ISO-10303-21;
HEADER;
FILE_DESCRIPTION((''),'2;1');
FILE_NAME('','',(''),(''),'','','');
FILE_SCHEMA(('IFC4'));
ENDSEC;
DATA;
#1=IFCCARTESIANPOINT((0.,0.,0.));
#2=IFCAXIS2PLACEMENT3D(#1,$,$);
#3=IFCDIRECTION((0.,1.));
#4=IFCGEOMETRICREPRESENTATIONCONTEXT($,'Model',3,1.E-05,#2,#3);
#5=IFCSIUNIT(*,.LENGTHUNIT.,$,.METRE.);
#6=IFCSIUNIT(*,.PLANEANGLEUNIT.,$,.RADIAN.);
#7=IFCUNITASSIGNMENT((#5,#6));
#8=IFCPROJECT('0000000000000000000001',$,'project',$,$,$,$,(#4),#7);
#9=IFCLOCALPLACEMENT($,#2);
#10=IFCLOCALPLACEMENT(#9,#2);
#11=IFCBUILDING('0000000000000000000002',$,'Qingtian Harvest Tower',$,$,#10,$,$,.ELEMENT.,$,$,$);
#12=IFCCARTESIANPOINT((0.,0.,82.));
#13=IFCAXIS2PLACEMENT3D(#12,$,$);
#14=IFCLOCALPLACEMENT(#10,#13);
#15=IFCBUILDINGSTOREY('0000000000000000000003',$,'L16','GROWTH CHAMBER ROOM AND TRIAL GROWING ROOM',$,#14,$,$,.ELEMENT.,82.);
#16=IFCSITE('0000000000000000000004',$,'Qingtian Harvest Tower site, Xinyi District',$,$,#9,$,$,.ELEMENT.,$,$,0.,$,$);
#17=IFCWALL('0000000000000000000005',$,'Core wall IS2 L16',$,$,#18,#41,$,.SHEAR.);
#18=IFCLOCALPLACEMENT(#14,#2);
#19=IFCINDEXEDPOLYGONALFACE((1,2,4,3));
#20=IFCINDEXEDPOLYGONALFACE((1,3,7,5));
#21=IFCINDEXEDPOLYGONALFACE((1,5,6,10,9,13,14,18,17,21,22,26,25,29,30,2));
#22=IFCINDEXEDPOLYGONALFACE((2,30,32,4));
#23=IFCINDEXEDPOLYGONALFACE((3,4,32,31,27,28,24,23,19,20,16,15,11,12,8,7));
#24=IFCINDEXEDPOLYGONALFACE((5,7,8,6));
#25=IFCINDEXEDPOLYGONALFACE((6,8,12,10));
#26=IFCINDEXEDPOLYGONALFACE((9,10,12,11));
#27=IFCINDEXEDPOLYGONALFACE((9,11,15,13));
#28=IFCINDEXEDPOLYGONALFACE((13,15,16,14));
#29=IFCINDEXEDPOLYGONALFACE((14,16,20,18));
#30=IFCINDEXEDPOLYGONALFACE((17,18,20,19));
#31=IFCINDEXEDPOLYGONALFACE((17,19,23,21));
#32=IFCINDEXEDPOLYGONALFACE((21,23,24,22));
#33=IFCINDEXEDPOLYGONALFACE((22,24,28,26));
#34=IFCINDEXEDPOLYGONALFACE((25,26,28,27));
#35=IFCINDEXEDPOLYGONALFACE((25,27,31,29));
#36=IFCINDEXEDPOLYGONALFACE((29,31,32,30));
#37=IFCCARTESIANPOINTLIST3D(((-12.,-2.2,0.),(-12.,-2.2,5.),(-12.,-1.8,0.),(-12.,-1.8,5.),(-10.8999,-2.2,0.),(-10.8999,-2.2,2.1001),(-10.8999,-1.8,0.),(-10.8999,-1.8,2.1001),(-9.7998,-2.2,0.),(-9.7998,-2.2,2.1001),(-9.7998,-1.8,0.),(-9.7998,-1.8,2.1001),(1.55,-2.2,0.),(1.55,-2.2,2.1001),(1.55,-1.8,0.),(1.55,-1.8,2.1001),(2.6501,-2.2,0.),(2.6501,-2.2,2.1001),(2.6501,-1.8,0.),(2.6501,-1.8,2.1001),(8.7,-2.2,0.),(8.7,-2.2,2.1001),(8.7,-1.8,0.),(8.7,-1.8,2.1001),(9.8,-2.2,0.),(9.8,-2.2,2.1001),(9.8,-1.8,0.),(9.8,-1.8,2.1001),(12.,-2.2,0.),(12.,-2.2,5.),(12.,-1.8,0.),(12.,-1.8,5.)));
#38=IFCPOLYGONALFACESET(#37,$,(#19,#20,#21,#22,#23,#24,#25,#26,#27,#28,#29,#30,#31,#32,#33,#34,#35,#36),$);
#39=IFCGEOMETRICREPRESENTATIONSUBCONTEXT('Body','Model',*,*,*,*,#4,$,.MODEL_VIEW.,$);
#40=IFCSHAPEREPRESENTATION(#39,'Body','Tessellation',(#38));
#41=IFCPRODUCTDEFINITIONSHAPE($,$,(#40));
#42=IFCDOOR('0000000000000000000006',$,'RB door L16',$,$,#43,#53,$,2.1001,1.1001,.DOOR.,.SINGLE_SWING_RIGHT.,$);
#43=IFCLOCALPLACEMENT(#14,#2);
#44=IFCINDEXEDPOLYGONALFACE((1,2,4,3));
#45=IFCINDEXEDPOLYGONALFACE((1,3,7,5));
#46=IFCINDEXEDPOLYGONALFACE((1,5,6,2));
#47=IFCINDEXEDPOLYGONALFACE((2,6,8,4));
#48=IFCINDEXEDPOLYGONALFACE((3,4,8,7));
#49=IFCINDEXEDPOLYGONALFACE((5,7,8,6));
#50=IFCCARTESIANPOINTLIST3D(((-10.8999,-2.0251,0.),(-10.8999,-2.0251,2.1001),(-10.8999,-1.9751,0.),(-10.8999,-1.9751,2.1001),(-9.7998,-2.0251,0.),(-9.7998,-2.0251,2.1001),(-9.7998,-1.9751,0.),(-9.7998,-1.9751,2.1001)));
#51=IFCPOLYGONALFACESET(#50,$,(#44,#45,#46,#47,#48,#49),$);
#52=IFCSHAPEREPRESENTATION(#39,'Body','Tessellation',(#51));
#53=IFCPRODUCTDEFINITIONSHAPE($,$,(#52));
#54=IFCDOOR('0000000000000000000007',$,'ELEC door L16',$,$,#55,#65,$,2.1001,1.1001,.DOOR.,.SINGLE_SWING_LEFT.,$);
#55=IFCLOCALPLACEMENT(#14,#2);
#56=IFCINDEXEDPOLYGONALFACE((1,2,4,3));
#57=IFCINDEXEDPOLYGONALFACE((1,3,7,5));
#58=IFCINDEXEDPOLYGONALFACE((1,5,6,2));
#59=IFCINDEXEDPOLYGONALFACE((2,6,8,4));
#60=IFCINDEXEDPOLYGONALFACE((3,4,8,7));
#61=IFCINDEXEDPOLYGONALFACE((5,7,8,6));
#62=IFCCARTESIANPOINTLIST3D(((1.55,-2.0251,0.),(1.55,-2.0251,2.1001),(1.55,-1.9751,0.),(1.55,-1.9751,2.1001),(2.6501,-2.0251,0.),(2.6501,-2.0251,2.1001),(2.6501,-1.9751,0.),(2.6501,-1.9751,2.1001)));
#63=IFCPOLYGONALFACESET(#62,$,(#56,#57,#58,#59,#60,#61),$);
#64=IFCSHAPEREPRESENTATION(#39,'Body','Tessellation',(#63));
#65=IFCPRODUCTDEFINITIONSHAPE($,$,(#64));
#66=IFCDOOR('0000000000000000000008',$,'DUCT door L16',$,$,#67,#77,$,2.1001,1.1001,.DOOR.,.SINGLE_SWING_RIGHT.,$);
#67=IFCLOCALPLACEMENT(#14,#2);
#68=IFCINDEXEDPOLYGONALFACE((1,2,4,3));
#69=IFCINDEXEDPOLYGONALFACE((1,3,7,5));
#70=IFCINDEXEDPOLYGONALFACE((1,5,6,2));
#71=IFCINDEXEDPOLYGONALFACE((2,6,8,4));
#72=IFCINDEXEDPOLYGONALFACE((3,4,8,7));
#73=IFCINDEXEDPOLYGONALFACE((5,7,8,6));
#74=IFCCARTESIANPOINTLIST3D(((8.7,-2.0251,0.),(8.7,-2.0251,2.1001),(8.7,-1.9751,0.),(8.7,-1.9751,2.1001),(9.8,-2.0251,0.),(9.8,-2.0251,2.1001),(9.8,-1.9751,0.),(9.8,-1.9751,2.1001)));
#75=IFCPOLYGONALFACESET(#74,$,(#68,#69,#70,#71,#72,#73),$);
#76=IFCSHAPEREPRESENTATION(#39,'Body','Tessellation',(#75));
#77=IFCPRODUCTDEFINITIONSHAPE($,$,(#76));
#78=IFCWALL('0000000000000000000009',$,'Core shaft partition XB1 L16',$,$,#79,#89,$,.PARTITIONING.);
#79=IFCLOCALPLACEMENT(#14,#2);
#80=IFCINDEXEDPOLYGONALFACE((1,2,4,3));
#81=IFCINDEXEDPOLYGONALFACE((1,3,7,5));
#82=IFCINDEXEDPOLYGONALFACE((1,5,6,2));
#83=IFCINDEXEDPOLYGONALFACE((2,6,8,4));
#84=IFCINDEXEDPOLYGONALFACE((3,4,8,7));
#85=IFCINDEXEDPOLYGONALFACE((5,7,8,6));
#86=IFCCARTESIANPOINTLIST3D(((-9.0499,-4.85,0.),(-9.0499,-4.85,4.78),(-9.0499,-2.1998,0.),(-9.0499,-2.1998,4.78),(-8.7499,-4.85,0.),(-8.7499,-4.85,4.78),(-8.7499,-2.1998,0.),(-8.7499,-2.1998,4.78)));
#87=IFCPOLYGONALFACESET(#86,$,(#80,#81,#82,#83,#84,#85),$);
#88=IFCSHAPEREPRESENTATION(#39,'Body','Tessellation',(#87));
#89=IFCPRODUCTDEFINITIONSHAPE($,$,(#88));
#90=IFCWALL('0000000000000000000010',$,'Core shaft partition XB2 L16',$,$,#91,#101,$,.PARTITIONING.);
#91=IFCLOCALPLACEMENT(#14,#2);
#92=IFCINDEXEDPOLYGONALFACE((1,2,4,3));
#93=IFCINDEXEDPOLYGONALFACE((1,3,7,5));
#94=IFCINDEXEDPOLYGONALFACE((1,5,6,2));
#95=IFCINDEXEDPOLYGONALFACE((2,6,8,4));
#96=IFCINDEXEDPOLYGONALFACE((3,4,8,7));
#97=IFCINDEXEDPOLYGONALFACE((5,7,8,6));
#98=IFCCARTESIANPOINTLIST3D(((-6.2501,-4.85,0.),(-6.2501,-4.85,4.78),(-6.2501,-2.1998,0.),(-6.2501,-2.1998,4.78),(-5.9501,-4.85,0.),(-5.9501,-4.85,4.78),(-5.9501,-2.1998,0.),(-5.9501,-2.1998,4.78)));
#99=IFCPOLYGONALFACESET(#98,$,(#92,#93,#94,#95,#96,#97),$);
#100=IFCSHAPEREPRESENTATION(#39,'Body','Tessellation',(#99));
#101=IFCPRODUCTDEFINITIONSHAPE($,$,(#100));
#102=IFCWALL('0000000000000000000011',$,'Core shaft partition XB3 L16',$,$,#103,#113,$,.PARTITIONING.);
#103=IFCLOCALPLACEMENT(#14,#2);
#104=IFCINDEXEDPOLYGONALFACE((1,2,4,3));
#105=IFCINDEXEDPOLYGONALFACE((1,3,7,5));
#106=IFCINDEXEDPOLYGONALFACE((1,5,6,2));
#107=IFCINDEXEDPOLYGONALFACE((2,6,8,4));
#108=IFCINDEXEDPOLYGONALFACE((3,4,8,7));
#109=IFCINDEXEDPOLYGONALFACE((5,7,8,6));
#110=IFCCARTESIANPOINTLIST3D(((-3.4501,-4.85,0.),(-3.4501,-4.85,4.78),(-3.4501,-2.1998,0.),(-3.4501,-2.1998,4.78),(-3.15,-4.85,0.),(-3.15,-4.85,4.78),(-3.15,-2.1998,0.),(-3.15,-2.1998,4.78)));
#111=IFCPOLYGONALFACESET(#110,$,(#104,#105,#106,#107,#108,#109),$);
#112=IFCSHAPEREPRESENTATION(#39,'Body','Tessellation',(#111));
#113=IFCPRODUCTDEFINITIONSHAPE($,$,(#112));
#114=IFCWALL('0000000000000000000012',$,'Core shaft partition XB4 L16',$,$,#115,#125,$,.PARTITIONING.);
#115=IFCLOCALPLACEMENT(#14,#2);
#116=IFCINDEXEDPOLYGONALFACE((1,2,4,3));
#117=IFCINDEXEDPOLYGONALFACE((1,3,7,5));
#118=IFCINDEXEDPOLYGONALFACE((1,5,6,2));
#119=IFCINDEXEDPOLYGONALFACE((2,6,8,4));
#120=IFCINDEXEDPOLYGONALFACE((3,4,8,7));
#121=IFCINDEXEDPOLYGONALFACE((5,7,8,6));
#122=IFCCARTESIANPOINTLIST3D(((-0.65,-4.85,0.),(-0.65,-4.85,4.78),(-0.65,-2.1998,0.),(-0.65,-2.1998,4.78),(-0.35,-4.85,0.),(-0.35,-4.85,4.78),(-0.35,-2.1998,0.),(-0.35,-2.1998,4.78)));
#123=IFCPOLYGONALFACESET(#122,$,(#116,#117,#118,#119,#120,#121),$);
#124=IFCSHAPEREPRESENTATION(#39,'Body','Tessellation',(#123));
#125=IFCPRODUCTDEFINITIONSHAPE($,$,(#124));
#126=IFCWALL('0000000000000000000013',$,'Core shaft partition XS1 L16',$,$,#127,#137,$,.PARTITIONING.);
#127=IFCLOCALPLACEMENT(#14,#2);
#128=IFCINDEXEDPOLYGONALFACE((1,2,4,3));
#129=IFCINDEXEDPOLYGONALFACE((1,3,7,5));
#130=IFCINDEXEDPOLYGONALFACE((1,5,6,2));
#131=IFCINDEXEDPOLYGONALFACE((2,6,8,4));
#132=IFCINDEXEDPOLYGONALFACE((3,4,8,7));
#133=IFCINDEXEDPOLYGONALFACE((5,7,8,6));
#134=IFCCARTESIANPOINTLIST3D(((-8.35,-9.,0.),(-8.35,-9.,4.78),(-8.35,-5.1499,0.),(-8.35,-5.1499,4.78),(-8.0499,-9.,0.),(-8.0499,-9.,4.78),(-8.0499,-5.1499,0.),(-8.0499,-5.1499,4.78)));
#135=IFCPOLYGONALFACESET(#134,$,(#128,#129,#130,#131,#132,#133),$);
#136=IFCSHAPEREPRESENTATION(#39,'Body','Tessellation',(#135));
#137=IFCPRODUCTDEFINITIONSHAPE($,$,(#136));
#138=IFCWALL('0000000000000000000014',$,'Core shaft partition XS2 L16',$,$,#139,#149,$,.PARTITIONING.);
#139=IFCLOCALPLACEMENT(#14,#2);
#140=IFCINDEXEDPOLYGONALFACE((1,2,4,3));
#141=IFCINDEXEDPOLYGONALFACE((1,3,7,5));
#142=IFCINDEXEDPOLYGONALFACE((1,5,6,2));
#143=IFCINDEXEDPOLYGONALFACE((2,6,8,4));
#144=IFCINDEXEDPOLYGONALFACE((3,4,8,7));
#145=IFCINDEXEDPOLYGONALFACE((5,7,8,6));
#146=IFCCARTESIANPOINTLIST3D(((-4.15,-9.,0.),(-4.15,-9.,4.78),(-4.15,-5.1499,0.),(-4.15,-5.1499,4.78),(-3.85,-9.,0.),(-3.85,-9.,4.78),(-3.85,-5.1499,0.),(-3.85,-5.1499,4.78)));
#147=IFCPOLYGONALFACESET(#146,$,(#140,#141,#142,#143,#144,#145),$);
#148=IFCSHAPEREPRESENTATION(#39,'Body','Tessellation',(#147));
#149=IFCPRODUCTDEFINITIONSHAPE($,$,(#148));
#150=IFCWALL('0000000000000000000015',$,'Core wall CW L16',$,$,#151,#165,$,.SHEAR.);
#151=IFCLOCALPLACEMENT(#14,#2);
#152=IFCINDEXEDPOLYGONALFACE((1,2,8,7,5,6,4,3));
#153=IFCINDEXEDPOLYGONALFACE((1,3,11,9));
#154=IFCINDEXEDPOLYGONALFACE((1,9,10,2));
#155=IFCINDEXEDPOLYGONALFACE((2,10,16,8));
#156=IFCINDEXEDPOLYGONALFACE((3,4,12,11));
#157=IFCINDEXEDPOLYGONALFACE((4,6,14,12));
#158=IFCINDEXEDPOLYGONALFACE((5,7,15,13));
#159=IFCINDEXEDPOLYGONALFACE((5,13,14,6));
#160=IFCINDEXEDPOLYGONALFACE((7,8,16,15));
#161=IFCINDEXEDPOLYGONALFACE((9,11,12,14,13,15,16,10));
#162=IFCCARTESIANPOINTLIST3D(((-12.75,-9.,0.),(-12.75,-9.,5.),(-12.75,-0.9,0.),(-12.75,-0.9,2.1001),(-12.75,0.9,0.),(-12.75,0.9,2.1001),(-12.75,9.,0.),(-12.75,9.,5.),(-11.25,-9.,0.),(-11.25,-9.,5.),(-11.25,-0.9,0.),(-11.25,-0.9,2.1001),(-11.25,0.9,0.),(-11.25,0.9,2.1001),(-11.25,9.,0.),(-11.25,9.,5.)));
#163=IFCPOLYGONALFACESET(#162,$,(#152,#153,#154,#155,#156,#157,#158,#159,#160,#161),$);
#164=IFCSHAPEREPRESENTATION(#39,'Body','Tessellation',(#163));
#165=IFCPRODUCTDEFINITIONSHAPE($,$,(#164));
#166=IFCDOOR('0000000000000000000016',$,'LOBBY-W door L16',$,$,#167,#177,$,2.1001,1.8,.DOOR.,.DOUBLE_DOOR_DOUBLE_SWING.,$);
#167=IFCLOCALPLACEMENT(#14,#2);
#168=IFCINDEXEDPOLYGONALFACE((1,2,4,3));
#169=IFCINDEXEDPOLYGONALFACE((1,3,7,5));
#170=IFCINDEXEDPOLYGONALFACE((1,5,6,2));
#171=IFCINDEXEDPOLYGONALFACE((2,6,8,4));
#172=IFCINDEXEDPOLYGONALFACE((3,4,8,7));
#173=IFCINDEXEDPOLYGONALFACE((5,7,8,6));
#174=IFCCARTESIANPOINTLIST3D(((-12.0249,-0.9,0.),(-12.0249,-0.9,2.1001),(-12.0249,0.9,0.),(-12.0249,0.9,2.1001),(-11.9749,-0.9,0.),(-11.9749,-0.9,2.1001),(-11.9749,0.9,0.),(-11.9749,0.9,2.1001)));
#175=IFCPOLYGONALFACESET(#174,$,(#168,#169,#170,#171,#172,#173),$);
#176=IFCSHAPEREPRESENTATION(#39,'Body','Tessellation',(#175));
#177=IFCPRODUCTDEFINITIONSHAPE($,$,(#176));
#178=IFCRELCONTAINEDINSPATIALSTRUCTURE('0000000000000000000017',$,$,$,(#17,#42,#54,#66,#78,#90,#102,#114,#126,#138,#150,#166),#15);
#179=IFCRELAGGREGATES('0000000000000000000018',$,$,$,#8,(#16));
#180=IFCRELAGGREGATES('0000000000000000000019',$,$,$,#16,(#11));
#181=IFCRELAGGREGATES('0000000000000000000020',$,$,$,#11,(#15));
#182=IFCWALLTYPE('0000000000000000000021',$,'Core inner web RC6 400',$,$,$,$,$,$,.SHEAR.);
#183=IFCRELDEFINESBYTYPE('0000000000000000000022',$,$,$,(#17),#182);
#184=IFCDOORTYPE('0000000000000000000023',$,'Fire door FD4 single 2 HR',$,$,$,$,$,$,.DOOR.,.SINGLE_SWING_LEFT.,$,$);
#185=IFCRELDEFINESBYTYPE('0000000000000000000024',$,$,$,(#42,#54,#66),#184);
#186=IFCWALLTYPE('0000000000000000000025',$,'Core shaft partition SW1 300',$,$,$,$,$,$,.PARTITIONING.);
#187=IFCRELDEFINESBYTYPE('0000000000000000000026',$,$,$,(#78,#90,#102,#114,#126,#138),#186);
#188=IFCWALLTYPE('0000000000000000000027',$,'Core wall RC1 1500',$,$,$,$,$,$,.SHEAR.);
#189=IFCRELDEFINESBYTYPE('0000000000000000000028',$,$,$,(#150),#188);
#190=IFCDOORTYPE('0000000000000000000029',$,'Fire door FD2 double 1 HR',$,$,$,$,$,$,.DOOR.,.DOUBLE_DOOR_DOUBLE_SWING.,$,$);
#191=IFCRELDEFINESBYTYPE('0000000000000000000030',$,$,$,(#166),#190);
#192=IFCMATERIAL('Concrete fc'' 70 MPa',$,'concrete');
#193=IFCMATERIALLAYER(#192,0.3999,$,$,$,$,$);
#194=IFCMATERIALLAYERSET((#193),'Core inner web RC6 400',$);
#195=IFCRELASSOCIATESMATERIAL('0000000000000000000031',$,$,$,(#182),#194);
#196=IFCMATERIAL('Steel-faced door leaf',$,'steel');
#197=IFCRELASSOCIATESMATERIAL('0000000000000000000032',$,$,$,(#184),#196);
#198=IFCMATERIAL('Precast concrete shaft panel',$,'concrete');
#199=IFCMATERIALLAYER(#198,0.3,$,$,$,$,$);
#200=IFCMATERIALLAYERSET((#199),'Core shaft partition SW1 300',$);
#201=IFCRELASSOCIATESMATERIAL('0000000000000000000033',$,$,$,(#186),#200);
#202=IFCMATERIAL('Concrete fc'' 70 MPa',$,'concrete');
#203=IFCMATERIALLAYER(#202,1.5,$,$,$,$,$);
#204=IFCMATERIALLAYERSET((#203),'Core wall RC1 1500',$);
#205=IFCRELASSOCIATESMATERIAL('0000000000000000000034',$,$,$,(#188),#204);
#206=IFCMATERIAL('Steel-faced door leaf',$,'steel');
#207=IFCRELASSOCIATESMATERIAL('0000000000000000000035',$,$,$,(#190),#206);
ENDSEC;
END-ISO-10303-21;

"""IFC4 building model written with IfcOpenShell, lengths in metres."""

from ifc_helpers import new_model, si_unit, direction, frame, frame_2d, origin, place, context, subcontext, project, spatial, rectangle, extrude, material, layer, layer_set, type_object, element, fill, save


model = new_model("IFC4")

# Units and contexts
model_context = context("Model", 3, precision=1e-05, world=origin(), true_north=direction((0.0, 1.0)))
body_context = subcontext(model_context, "Body", "Model", "MODEL_VIEW")
ifc_project = project(units=[si_unit("LENGTHUNIT", "METRE"), si_unit("PLANEANGLEUNIT", "RADIAN")], contexts=[model_context])

# Site, building, storey
site_placement = place(None, origin())
site = spatial("IfcSite", under=ifc_project, at=site_placement, Name="Qingtian Harvest Tower site, Xinyi District", CompositionType="ELEMENT", RefElevation=0.0)
building_placement = place(site_placement, origin())
building = spatial("IfcBuilding", under=site, at=building_placement, Name="Qingtian Harvest Tower", CompositionType="ELEMENT")
storey_placement = place(building_placement, frame((0.0, 0.0, 82.0)))
storey = spatial("IfcBuildingStorey", under=building, at=storey_placement, Name="L16", Description="GROWTH CHAMBER ROOM AND TRIAL GROWING ROOM", CompositionType="ELEMENT", Elevation=82.0)

# Wall, openings, doors
ifc_material_1 = material(Name="Concrete fc' 70 MPa", Category="concrete")
ifc_layer_1 = layer(ifc_material_1, 0.3999)
ifc_layer_set_1 = layer_set([ifc_layer_1], Name="Core inner web RC6 400")
wall_type_1 = type_object("IfcWallType", Name="Core inner web RC6 400", PredefinedType="SHEAR", material=ifc_layer_set_1)
wall_1_placement = place(storey_placement, frame((-12.0, -2.0, 0.0), z_axis=(0.0, 0.0, 1.0), x_axis=(1.0, 0.0, 0.0)))
wall_1 = element("IfcWall", 1, at=wall_1_placement, inside=storey, type_object=wall_type_1, Name="Core wall IS2 L16", PredefinedType="SHEAR", context=body_context, shape_type="SweptSolid", body=[
    extrude(rectangle(XDim=24.0, YDim=0.3999, at=frame_2d((12.0, 0.0))), origin(), (0.0, 0.0, 1.0), 5.0),
])
opening_1_placement = place(wall_1_placement, frame((1.1001, 0.0, 0.0)))
opening_1 = element("IfcOpeningElement", 2, at=opening_1_placement, cuts=wall_1, PredefinedType="OPENING", context=body_context, shape_type="SweptSolid", body=[
    extrude(rectangle(XDim=1.1001, YDim=2.1001, at=frame_2d((0.55, 1.05))), frame((0.0, 0.21, 0.0), z_axis=(0.0, -1.0, 0.0), x_axis=(1.0, 0.0, 0.0)), (0.0, 0.0, 1.0), 0.4199),
])
opening_2_placement = place(wall_1_placement, frame((13.55, 0.0, 0.0)))
opening_2 = element("IfcOpeningElement", 3, at=opening_2_placement, cuts=wall_1, PredefinedType="OPENING", context=body_context, shape_type="SweptSolid", body=[
    extrude(rectangle(XDim=1.1001, YDim=2.1001, at=frame_2d((0.55, 1.05))), frame((0.0, 0.21, 0.0), z_axis=(0.0, -1.0, 0.0), x_axis=(1.0, 0.0, 0.0)), (0.0, 0.0, 1.0), 0.4199),
])
opening_3_placement = place(wall_1_placement, frame((20.7, 0.0, 0.0)))
opening_3 = element("IfcOpeningElement", 4, at=opening_3_placement, cuts=wall_1, PredefinedType="OPENING", context=body_context, shape_type="SweptSolid", body=[
    extrude(rectangle(XDim=1.1001, YDim=2.1001, at=frame_2d((0.55, 1.05))), frame((0.0, 0.21, 0.0), z_axis=(0.0, -1.0, 0.0), x_axis=(1.0, 0.0, 0.0)), (0.0, 0.0, 1.0), 0.4199),
])
ifc_material_2 = material(Name="Steel-faced door leaf", Category="steel")
door_type_1 = type_object("IfcDoorType", Name="Fire door FD4 single 2 HR", OperationType="SINGLE_SWING_LEFT", PredefinedType="DOOR", material=ifc_material_2)
door_1_placement = place(opening_1_placement, origin())
door_1 = element("IfcDoor", 5, at=door_1_placement, inside=storey, type_object=door_type_1, Name="RB door L16", OperationType="SINGLE_SWING_RIGHT", OverallHeight=2.1001, OverallWidth=1.1001, PredefinedType="DOOR", context=body_context, shape_type="SweptSolid", body=[
    extrude(rectangle(XDim=1.1001, YDim=2.1001, at=frame_2d((0.55, 1.05))), frame((0.0, 0.0249, 0.0), z_axis=(0.0, -1.0, 0.0), x_axis=(1.0, 0.0, 0.0)), (0.0, 0.0, 1.0), 0.05),
])
fill(opening_1, door_1)
door_2_placement = place(opening_2_placement, origin())
door_2 = element("IfcDoor", 6, at=door_2_placement, inside=storey, type_object=door_type_1, Name="ELEC door L16", OperationType="SINGLE_SWING_LEFT", OverallHeight=2.1001, OverallWidth=1.1001, PredefinedType="DOOR", context=body_context, shape_type="SweptSolid", body=[
    extrude(rectangle(XDim=1.1001, YDim=2.1001, at=frame_2d((0.55, 1.05))), frame((0.0, 0.0249, 0.0), z_axis=(0.0, -1.0, 0.0), x_axis=(1.0, 0.0, 0.0)), (0.0, 0.0, 1.0), 0.05),
])
fill(opening_2, door_2)
door_3_placement = place(opening_3_placement, origin())
door_3 = element("IfcDoor", 7, at=door_3_placement, inside=storey, type_object=door_type_1, Name="DUCT door L16", OperationType="SINGLE_SWING_RIGHT", OverallHeight=2.1001, OverallWidth=1.1001, PredefinedType="DOOR", context=body_context, shape_type="SweptSolid", body=[
    extrude(rectangle(XDim=1.1001, YDim=2.1001, at=frame_2d((0.55, 1.05))), frame((0.0, 0.0249, 0.0), z_axis=(0.0, -1.0, 0.0), x_axis=(1.0, 0.0, 0.0)), (0.0, 0.0, 1.0), 0.05),
])
fill(opening_3, door_3)

# Walls
ifc_material_3 = material(Name="Precast concrete shaft panel", Category="concrete")
ifc_layer_2 = layer(ifc_material_3, 0.3)
ifc_layer_set_2 = layer_set([ifc_layer_2], Name="Core shaft partition SW1 300")
wall_type_2 = type_object("IfcWallType", Name="Core shaft partition SW1 300", PredefinedType="PARTITIONING", material=ifc_layer_set_2)
for number, where, z_axis, x_axis, name in (
    (8, (-8.8999, -4.8501, 0.0), (0.0, 0.0, 1.0), (0.0, 1.0, 0.0), "Core shaft partition XB1 L16"),
    (9, (-6.1001, -4.8501, 0.0), (0.0, 0.0, 1.0), (0.0, 1.0, 0.0), "Core shaft partition XB2 L16"),
    (10, (-3.3, -4.8501, 0.0), (0.0, 0.0, 1.0), (0.0, 1.0, 0.0), "Core shaft partition XB3 L16"),
    (11, (-0.5, -4.8501, 0.0), (0.0, 0.0, 1.0), (0.0, 1.0, 0.0), "Core shaft partition XB4 L16"),
):
    element("IfcWall", number, at=place(storey_placement, frame(where, z_axis=z_axis, x_axis=x_axis)), inside=storey, type_object=wall_type_2, Name=name, PredefinedType="PARTITIONING", context=body_context, shape_type="SweptSolid", body=[
        extrude(rectangle(XDim=2.6501, YDim=0.3, at=frame_2d((1.3252, 0.0))), origin(), (0.0, 0.0, 1.0), 4.78),
    ])
for number, where, z_axis, x_axis, name in (
    (12, (-8.2, -9.0, 0.0), (0.0, 0.0, 1.0), (0.0, 1.0, 0.0), "Core shaft partition XS1 L16"),
    (13, (-4.0, -9.0, 0.0), (0.0, 0.0, 1.0), (0.0, 1.0, 0.0), "Core shaft partition XS2 L16"),
):
    element("IfcWall", number, at=place(storey_placement, frame(where, z_axis=z_axis, x_axis=x_axis)), inside=storey, type_object=wall_type_2, Name=name, PredefinedType="PARTITIONING", context=body_context, shape_type="SweptSolid", body=[
        extrude(rectangle(XDim=3.8501, YDim=0.3, at=frame_2d((1.925, 0.0))), origin(), (0.0, 0.0, 1.0), 4.78),
    ])

# Wall, opening, door
ifc_material_4 = material(Name="Concrete fc' 70 MPa", Category="concrete")
ifc_layer_3 = layer(ifc_material_4, 1.5)
ifc_layer_set_3 = layer_set([ifc_layer_3], Name="Core wall RC1 1500")
wall_type_3 = type_object("IfcWallType", Name="Core wall RC1 1500", PredefinedType="SHEAR", material=ifc_layer_set_3)
wall_2_placement = place(storey_placement, frame((-12.0, -9.0, 0.0), z_axis=(0.0, 0.0, 1.0), x_axis=(0.0, 1.0, 0.0)))
wall_2 = element("IfcWall", 14, at=wall_2_placement, inside=storey, type_object=wall_type_3, Name="Core wall CW L16", PredefinedType="SHEAR", context=body_context, shape_type="SweptSolid", body=[
    extrude(rectangle(XDim=18.0, YDim=1.5, at=frame_2d((9.0, 0.0))), origin(), (0.0, 0.0, 1.0), 5.0),
])
opening_4_placement = place(wall_2_placement, frame((8.1001, 0.0, 0.0)))
opening_4 = element("IfcOpeningElement", 15, at=opening_4_placement, cuts=wall_2, PredefinedType="OPENING", context=body_context, shape_type="SweptSolid", body=[
    extrude(rectangle(XDim=1.8, YDim=2.1001, at=frame_2d((0.8999, 1.05))), frame((0.0, 0.76, 0.0), z_axis=(0.0, -1.0, 0.0), x_axis=(1.0, 0.0, 0.0)), (0.0, 0.0, 1.0), 1.52),
])
ifc_material_5 = material(Name="Steel-faced door leaf", Category="steel")
door_type_2 = type_object("IfcDoorType", Name="Fire door FD2 double 1 HR", OperationType="DOUBLE_DOOR_DOUBLE_SWING", PredefinedType="DOOR", material=ifc_material_5)
door_4_placement = place(opening_4_placement, origin())
door_4 = element("IfcDoor", 16, at=door_4_placement, inside=storey, type_object=door_type_2, Name="LOBBY-W door L16", OperationType="DOUBLE_DOOR_DOUBLE_SWING", OverallHeight=2.1001, OverallWidth=1.8, PredefinedType="DOOR", context=body_context, shape_type="SweptSolid", body=[
    extrude(rectangle(XDim=1.8, YDim=2.1001, at=frame_2d((0.8999, 1.05))), frame((0.0, 0.0249, 0.0), z_axis=(0.0, -1.0, 0.0), x_axis=(1.0, 0.0, 0.0)), (0.0, 0.0, 1.0), 0.05),
])
fill(opening_4, door_4)

save(model, "model.ifc")
